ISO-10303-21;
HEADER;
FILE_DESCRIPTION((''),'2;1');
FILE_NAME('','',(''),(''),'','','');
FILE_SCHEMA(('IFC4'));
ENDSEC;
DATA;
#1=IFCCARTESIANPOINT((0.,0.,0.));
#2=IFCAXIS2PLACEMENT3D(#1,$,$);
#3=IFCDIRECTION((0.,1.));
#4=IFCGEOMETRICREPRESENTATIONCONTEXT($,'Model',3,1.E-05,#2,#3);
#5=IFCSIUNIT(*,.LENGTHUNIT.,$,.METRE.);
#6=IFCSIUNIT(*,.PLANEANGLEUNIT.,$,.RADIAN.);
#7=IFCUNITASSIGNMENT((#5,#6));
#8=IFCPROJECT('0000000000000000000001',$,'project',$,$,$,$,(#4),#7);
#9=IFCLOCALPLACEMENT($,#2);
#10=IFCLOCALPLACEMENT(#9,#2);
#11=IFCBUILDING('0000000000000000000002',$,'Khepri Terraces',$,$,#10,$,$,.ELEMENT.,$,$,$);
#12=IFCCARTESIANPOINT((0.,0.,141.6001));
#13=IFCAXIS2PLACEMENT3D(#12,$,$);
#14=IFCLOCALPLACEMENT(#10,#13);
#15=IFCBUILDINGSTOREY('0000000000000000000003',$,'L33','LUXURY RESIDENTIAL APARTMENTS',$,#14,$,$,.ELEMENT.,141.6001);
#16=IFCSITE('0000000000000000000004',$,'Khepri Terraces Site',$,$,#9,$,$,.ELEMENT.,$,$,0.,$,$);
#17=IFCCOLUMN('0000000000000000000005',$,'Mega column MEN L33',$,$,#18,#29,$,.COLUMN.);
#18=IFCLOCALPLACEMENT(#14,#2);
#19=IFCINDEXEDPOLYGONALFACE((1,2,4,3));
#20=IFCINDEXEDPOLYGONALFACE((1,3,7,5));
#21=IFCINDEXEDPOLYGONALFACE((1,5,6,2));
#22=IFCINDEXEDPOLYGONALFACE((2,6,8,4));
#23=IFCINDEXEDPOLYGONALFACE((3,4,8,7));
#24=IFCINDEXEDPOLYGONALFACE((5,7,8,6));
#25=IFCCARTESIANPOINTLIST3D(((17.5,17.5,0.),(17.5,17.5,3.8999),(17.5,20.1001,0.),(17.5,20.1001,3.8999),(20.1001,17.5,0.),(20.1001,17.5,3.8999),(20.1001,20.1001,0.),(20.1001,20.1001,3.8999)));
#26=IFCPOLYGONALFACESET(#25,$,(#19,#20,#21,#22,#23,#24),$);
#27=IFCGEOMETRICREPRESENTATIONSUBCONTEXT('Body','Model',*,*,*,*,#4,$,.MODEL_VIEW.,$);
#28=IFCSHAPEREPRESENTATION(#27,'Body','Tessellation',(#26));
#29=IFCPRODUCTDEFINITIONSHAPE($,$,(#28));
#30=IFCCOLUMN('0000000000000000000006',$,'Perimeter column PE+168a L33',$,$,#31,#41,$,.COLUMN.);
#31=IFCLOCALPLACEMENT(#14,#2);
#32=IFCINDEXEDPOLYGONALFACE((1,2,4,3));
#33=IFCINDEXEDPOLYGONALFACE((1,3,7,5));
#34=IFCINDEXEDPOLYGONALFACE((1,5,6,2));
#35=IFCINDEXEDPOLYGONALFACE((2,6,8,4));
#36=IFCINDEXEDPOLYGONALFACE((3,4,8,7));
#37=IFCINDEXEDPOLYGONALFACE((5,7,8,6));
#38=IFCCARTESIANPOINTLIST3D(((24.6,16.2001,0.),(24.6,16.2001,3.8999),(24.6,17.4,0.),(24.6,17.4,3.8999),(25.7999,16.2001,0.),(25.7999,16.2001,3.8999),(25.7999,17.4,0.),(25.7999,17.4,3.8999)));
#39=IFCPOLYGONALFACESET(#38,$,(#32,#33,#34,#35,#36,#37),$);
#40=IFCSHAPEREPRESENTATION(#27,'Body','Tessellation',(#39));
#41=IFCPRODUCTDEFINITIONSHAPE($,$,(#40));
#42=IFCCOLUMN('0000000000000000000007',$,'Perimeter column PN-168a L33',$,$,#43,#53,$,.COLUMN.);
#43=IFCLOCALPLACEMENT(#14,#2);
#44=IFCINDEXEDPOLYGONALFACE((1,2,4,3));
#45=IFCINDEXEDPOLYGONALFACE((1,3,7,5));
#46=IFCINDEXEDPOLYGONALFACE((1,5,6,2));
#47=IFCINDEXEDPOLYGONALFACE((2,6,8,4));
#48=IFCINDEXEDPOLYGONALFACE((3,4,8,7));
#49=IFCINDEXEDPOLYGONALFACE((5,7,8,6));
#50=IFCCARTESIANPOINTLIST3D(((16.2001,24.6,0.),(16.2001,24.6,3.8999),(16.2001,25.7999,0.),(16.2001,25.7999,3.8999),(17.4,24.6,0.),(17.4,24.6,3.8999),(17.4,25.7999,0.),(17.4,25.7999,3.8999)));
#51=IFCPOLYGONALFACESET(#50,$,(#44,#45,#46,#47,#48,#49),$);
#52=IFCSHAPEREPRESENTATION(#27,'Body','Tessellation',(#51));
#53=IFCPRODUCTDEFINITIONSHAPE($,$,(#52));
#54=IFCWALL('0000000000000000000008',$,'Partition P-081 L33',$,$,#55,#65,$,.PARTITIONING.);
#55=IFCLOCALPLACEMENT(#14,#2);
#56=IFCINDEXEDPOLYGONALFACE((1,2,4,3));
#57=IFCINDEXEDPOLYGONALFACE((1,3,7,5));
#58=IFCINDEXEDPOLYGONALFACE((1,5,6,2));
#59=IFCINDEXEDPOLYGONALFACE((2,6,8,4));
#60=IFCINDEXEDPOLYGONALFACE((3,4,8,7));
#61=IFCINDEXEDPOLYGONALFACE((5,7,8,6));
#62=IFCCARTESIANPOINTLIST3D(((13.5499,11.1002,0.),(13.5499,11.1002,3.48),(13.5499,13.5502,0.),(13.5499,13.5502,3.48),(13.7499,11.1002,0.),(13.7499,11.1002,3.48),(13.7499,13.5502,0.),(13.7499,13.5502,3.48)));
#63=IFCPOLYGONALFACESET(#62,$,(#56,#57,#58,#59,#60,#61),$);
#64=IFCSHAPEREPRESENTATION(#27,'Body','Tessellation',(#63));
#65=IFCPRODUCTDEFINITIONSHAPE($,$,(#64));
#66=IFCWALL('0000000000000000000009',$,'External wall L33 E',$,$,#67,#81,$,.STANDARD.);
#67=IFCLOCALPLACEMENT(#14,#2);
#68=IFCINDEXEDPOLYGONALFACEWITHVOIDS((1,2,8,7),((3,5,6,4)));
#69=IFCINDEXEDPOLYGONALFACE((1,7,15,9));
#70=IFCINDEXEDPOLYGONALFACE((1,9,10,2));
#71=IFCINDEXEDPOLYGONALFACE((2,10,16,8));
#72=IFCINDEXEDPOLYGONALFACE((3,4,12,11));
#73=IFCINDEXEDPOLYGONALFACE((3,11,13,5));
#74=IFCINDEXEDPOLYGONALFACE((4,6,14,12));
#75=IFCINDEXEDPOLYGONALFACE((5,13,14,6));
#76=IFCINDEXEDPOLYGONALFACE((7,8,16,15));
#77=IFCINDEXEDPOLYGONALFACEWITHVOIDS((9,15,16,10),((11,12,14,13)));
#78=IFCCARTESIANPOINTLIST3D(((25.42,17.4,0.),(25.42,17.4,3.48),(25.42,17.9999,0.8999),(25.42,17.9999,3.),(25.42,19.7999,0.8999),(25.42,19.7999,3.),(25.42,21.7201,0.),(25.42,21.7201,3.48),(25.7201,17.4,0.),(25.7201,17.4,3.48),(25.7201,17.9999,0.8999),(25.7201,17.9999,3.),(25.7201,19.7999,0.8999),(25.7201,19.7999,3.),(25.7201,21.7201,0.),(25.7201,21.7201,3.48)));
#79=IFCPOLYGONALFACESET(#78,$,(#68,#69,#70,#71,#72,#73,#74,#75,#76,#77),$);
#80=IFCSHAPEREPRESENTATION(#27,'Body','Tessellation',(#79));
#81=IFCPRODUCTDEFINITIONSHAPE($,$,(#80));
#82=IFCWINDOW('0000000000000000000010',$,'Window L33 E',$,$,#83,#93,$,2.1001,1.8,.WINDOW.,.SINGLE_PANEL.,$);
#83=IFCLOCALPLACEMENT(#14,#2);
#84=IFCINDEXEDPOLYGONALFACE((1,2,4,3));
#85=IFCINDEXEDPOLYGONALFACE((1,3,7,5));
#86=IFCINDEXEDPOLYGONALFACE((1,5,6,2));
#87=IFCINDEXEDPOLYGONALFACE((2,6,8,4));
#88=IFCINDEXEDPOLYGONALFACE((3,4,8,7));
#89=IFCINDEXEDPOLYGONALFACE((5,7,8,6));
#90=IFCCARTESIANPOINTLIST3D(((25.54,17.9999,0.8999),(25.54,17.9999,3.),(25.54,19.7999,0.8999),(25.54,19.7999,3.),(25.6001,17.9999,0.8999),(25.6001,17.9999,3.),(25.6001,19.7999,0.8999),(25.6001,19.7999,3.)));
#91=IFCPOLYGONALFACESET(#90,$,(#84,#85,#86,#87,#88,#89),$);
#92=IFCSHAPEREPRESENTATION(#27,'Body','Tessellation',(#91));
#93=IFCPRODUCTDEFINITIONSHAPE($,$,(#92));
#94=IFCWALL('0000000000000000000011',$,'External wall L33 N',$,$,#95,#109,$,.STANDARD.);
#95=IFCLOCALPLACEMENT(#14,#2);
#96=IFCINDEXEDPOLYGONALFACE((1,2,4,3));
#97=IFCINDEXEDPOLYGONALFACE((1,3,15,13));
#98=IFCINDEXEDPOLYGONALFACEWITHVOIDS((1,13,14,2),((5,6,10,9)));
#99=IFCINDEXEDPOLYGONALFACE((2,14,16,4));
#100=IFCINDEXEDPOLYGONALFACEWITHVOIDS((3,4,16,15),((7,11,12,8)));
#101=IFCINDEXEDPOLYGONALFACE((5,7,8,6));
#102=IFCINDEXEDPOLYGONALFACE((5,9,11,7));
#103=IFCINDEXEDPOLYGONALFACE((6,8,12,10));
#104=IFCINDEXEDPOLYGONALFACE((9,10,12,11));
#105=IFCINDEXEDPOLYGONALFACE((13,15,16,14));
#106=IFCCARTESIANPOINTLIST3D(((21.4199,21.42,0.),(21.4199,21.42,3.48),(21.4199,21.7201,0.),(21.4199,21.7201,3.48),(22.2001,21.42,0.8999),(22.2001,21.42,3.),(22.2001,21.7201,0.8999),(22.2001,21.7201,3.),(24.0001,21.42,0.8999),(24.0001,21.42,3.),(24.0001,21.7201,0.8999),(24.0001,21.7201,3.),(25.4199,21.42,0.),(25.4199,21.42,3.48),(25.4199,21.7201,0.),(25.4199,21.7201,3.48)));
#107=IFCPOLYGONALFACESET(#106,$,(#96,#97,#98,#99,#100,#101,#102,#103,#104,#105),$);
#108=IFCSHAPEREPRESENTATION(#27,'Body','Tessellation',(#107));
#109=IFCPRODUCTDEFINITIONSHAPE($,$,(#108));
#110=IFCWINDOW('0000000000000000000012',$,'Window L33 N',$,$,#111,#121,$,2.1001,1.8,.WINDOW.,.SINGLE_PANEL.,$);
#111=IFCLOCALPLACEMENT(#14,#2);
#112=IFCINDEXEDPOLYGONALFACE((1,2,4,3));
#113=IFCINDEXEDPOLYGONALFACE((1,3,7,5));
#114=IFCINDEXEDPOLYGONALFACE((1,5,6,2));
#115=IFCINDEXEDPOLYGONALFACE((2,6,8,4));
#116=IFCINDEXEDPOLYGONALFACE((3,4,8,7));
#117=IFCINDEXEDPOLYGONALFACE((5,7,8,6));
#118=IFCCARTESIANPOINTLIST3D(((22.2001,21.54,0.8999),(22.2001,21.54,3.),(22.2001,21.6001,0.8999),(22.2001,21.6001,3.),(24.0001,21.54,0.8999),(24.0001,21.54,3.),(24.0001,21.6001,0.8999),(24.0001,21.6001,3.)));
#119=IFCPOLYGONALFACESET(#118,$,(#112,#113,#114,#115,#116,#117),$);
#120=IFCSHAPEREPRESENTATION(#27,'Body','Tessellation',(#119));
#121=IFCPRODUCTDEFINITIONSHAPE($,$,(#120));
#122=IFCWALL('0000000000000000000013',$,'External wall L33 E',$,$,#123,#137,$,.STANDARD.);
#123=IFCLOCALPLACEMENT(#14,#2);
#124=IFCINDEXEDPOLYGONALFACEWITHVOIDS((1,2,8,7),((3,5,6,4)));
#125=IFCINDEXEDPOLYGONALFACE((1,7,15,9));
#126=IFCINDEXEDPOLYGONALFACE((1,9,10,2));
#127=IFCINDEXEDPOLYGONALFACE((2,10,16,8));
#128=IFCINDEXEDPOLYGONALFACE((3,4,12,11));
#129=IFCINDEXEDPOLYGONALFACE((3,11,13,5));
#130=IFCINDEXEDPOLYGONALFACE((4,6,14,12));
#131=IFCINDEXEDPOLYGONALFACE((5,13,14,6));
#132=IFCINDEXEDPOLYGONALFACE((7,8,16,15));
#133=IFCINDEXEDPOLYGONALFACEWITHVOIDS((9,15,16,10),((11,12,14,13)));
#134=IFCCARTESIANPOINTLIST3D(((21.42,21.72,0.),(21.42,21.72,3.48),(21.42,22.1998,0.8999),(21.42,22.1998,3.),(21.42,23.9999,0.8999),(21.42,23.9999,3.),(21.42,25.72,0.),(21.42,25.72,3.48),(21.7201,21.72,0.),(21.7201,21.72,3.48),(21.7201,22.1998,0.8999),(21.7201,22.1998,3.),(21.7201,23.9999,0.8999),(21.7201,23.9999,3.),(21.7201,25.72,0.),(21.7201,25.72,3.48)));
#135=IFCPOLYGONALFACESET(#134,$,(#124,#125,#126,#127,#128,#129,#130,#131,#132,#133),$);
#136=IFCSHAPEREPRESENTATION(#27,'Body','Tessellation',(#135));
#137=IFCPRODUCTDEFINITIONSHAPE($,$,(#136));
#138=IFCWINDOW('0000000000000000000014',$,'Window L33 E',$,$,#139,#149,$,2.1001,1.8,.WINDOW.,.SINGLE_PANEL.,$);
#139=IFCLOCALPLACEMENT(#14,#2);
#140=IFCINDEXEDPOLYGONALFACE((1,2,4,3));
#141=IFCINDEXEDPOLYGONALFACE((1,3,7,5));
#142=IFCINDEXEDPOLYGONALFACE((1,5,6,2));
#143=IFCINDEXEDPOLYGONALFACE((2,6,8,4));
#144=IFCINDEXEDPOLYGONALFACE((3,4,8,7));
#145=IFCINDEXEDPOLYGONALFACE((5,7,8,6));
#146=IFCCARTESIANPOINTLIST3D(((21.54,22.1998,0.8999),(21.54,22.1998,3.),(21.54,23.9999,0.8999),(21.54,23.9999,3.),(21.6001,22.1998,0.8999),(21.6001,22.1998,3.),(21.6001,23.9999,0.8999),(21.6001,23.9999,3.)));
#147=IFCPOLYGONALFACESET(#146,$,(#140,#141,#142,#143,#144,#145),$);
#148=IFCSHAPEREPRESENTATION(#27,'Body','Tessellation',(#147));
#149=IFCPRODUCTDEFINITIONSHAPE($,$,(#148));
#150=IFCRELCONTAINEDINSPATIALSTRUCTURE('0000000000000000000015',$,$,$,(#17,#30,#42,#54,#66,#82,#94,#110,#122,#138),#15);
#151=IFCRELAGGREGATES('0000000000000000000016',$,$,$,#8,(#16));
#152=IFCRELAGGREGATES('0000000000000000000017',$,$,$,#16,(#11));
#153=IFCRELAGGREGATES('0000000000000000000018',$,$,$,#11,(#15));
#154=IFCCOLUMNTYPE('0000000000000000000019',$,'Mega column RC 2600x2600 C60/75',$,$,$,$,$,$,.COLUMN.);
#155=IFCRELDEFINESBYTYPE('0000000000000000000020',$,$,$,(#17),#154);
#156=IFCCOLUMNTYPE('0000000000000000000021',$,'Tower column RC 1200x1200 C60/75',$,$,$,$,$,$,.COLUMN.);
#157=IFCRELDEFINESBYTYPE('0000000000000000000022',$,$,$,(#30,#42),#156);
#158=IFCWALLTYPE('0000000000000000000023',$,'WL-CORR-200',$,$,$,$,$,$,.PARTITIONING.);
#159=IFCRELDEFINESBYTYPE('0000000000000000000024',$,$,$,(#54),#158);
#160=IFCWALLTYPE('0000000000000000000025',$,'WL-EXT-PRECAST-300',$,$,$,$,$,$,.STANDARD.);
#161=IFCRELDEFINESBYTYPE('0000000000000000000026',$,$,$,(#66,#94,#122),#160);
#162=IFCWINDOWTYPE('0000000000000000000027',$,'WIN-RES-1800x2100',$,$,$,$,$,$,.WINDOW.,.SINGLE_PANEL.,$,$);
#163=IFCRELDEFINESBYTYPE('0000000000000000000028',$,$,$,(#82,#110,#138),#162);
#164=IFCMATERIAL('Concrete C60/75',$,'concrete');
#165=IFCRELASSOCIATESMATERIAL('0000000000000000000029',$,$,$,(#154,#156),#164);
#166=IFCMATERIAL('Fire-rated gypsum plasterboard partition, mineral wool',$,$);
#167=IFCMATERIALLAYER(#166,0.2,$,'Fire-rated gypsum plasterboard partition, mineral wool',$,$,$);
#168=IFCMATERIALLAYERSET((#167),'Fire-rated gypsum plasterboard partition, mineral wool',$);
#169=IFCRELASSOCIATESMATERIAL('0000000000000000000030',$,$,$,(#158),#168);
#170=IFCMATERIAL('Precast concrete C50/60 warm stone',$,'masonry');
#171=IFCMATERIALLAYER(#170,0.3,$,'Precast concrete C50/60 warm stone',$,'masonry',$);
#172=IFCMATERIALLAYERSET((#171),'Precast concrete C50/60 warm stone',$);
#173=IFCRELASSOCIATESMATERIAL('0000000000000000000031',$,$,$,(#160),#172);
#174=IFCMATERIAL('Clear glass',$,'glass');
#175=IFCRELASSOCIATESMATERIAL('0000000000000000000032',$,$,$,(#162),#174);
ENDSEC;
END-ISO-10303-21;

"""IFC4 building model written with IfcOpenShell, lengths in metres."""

from ifc_helpers import new_model, si_unit, direction, frame, frame_2d, origin, origin_2d, place, context, subcontext, project, spatial, rectangle, extrude, material, layer, layer_set, material_profile, profile_set, type_object, element, fill, save


model = new_model("IFC4")

# Units and contexts
model_context = context("Model", 3, precision=1e-05, world=origin(), true_north=direction((0.0, 1.0)))
body_context = subcontext(model_context, "Body", "Model", "MODEL_VIEW")
ifc_project = project(units=[si_unit("LENGTHUNIT", "METRE"), si_unit("PLANEANGLEUNIT", "RADIAN")], contexts=[model_context])

# Site, building, storey
site_placement = place(None, origin())
site = spatial("IfcSite", under=ifc_project, at=site_placement, Name="Khepri Terraces Site", CompositionType="ELEMENT", RefElevation=0.0)
building_placement = place(site_placement, origin())
building = spatial("IfcBuilding", under=site, at=building_placement, Name="Khepri Terraces", CompositionType="ELEMENT")
storey_placement = place(building_placement, frame((0.0, 0.0, 141.6001)))
storey = spatial("IfcBuildingStorey", under=building, at=storey_placement, Name="L33", Description="LUXURY RESIDENTIAL APARTMENTS", CompositionType="ELEMENT", Elevation=141.6001)

# Columns
ifc_material_1 = material(Name="Concrete C60/75", Category="concrete")
ifc_material_profile_1 = material_profile(ifc_material_1, rectangle(XDim=2.6001, YDim=2.6001, at=origin_2d()), Name="Concrete C60/75", Category="concrete")
ifc_profile_set_1 = profile_set([ifc_material_profile_1], Name="Concrete C60/75")
column_type_1 = type_object("IfcColumnType", Name="Mega column RC 2600x2600 C60/75", PredefinedType="COLUMN", material=ifc_profile_set_1)
column_placement = place(storey_placement, frame((18.8, 18.8, 0.0), z_axis=(0.0, 0.0, 1.0), x_axis=(1.0, 0.0, 0.0)))
element("IfcColumn", 1, at=column_placement, inside=storey, type_object=column_type_1, Name="Mega column MEN L33", PredefinedType="COLUMN", context=body_context, shape_type="SweptSolid", body=[
    extrude(rectangle(XDim=2.6001, YDim=2.6001, at=origin_2d()), origin(), (0.0, 0.0, 1.0), 3.8999),
])
ifc_material_profile_2 = material_profile(ifc_material_1, rectangle(XDim=1.2, YDim=1.2, at=origin_2d()), Name="Concrete C60/75", Category="concrete")
ifc_profile_set_2 = profile_set([ifc_material_profile_2], Name="Concrete C60/75")
column_type_2 = type_object("IfcColumnType", Name="Tower column RC 1200x1200 C60/75", PredefinedType="COLUMN", material=ifc_profile_set_2)
for number, where, z_axis, x_axis, name in (
    (2, (25.2, 16.8, 0.0), (0.0, 0.0, 1.0), (1.0, 0.0, 0.0), "Perimeter column PE+168a L33"),
    (3, (16.8, 25.2, 0.0), (0.0, 0.0, 1.0), (1.0, 0.0, 0.0), "Perimeter column PN-168a L33"),
):
    element("IfcColumn", number, at=place(storey_placement, frame(where, z_axis=z_axis, x_axis=x_axis)), inside=storey, type_object=column_type_2, Name=name, PredefinedType="COLUMN", context=body_context, shape_type="SweptSolid", body=[
        extrude(rectangle(XDim=1.2, YDim=1.2, at=origin_2d()), origin(), (0.0, 0.0, 1.0), 3.8999),
    ])

# Wall
ifc_material_2 = material(Name="Fire-rated gypsum plasterboard partition, mineral wool")
ifc_layer_1 = layer(ifc_material_2, 0.2, Name="Fire-rated gypsum plasterboard partition, mineral wool")
ifc_layer_set_1 = layer_set([ifc_layer_1], Name="Fire-rated gypsum plasterboard partition, mineral wool")
wall_type_1 = type_object("IfcWallType", Name="WL-CORR-200", PredefinedType="PARTITIONING", material=ifc_layer_set_1)
wall_1_placement = place(storey_placement, frame((13.6499, 11.1001, 0.0), z_axis=(0.0, 0.0, 1.0), x_axis=(0.0, 1.0, 0.0)))
element("IfcWall", 4, at=wall_1_placement, inside=storey, type_object=wall_type_1, Name="Partition P-081 L33", PredefinedType="PARTITIONING", context=body_context, shape_type="SweptSolid", body=[
    extrude(rectangle(XDim=2.45, YDim=0.2, at=frame_2d((1.2251, 0.0))), origin(), (0.0, 0.0, 1.0), 3.48),
])

# Walls, openings, windows
ifc_material_3 = material(Name="Precast concrete C50/60 warm stone", Category="masonry")
ifc_layer_2 = layer(ifc_material_3, 0.3, Name="Precast concrete C50/60 warm stone", Category="masonry")
ifc_layer_set_2 = layer_set([ifc_layer_2], Name="Precast concrete C50/60 warm stone")
wall_type_2 = type_object("IfcWallType", Name="WL-EXT-PRECAST-300", PredefinedType="STANDARD", material=ifc_layer_set_2)
wall_2_placement = place(storey_placement, frame((25.5701, 17.3999, 0.0), z_axis=(0.0, 0.0, 1.0), x_axis=(0.0, 1.0, 0.0)))
wall_2 = element("IfcWall", 5, at=wall_2_placement, inside=storey, type_object=wall_type_2, Name="External wall L33 E", PredefinedType="STANDARD", context=body_context, shape_type="SweptSolid", body=[
    extrude(rectangle(XDim=4.3201, YDim=0.3, at=frame_2d((2.1602, 0.0))), origin(), (0.0, 0.0, 1.0), 3.48),
])
opening_1_placement = place(wall_2_placement, frame((0.6001, 0.0, 0.8999)))
opening_1 = element("IfcOpeningElement", 6, at=opening_1_placement, cuts=wall_2, PredefinedType="OPENING", context=body_context, shape_type="SweptSolid", body=[
    extrude(rectangle(XDim=1.8, YDim=2.1001, at=frame_2d((0.8999, 1.05))), frame((0.0, 0.1602, 0.0), z_axis=(0.0, -1.0, 0.0), x_axis=(1.0, 0.0, 0.0)), (0.0, 0.0, 1.0), 0.3201),
])
ifc_material_4 = material(Name="Clear glass", Category="glass")
window_type = type_object("IfcWindowType", Name="WIN-RES-1800x2100", PartitioningType="SINGLE_PANEL", PredefinedType="WINDOW", material=ifc_material_4)
window_1_placement = place(opening_1_placement, origin())
window_1 = element("IfcWindow", 7, at=window_1_placement, inside=storey, type_object=window_type, Name="Window L33 E", OverallHeight=2.1001, OverallWidth=1.8, PartitioningType="SINGLE_PANEL", PredefinedType="WINDOW", context=body_context, shape_type="SweptSolid", body=[
    extrude(rectangle(XDim=1.8, YDim=2.1001, at=frame_2d((0.8999, 1.05))), frame((0.0, 0.03, 0.0), z_axis=(0.0, -1.0, 0.0), x_axis=(1.0, 0.0, 0.0)), (0.0, 0.0, 1.0), 0.0601),
])
fill(opening_1, window_1)
wall_3_placement = place(storey_placement, frame((25.4199, 21.5701, 0.0), z_axis=(0.0, 0.0, 1.0), x_axis=(-1.0, 0.0, 0.0)))
wall_3 = element("IfcWall", 8, at=wall_3_placement, inside=storey, type_object=wall_type_2, Name="External wall L33 N", PredefinedType="STANDARD", context=body_context, shape_type="SweptSolid", body=[
    extrude(rectangle(XDim=4.0, YDim=0.3, at=frame_2d((2.0, 0.0))), origin(), (0.0, 0.0, 1.0), 3.48),
])
opening_2_placement = place(wall_3_placement, frame((1.4199, 0.0, 0.8999)))
opening_2 = element("IfcOpeningElement", 9, at=opening_2_placement, cuts=wall_3, PredefinedType="OPENING", context=body_context, shape_type="SweptSolid", body=[
    extrude(rectangle(XDim=1.8, YDim=2.1001, at=frame_2d((0.8999, 1.05))), frame((0.0, 0.1602, 0.0), z_axis=(0.0, -1.0, 0.0), x_axis=(1.0, 0.0, 0.0)), (0.0, 0.0, 1.0), 0.3201),
])
window_2_placement = place(opening_2_placement, origin())
window_2 = element("IfcWindow", 10, at=window_2_placement, inside=storey, type_object=window_type, Name="Window L33 N", OverallHeight=2.1001, OverallWidth=1.8, PartitioningType="SINGLE_PANEL", PredefinedType="WINDOW", context=body_context, shape_type="SweptSolid", body=[
    extrude(rectangle(XDim=1.8, YDim=2.1001, at=frame_2d((0.8999, 1.05))), frame((0.0, 0.03, 0.0), z_axis=(0.0, -1.0, 0.0), x_axis=(1.0, 0.0, 0.0)), (0.0, 0.0, 1.0), 0.0601),
])
fill(opening_2, window_2)
wall_4_placement = place(storey_placement, frame((21.5701, 21.72, 0.0), z_axis=(0.0, 0.0, 1.0), x_axis=(0.0, 1.0, 0.0)))
wall_4 = element("IfcWall", 11, at=wall_4_placement, inside=storey, type_object=wall_type_2, Name="External wall L33 E", PredefinedType="STANDARD", context=body_context, shape_type="SweptSolid", body=[
    extrude(rectangle(XDim=4.0, YDim=0.3, at=frame_2d((2.0, 0.0))), origin(), (0.0, 0.0, 1.0), 3.48),
])
opening_3_placement = place(wall_4_placement, frame((0.48, 0.0, 0.8999)))
opening_3 = element("IfcOpeningElement", 12, at=opening_3_placement, cuts=wall_4, PredefinedType="OPENING", context=body_context, shape_type="SweptSolid", body=[
    extrude(rectangle(XDim=1.8, YDim=2.1001, at=frame_2d((0.8999, 1.05))), frame((0.0, 0.1602, 0.0), z_axis=(0.0, -1.0, 0.0), x_axis=(1.0, 0.0, 0.0)), (0.0, 0.0, 1.0), 0.3201),
])
window_3_placement = place(opening_3_placement, origin())
window_3 = element("IfcWindow", 13, at=window_3_placement, inside=storey, type_object=window_type, Name="Window L33 E", OverallHeight=2.1001, OverallWidth=1.8, PartitioningType="SINGLE_PANEL", PredefinedType="WINDOW", context=body_context, shape_type="SweptSolid", body=[
    extrude(rectangle(XDim=1.8, YDim=2.1001, at=frame_2d((0.8999, 1.05))), frame((0.0, 0.03, 0.0), z_axis=(0.0, -1.0, 0.0), x_axis=(1.0, 0.0, 0.0)), (0.0, 0.0, 1.0), 0.0601),
])
fill(opening_3, window_3)

save(model, "model.ifc")
